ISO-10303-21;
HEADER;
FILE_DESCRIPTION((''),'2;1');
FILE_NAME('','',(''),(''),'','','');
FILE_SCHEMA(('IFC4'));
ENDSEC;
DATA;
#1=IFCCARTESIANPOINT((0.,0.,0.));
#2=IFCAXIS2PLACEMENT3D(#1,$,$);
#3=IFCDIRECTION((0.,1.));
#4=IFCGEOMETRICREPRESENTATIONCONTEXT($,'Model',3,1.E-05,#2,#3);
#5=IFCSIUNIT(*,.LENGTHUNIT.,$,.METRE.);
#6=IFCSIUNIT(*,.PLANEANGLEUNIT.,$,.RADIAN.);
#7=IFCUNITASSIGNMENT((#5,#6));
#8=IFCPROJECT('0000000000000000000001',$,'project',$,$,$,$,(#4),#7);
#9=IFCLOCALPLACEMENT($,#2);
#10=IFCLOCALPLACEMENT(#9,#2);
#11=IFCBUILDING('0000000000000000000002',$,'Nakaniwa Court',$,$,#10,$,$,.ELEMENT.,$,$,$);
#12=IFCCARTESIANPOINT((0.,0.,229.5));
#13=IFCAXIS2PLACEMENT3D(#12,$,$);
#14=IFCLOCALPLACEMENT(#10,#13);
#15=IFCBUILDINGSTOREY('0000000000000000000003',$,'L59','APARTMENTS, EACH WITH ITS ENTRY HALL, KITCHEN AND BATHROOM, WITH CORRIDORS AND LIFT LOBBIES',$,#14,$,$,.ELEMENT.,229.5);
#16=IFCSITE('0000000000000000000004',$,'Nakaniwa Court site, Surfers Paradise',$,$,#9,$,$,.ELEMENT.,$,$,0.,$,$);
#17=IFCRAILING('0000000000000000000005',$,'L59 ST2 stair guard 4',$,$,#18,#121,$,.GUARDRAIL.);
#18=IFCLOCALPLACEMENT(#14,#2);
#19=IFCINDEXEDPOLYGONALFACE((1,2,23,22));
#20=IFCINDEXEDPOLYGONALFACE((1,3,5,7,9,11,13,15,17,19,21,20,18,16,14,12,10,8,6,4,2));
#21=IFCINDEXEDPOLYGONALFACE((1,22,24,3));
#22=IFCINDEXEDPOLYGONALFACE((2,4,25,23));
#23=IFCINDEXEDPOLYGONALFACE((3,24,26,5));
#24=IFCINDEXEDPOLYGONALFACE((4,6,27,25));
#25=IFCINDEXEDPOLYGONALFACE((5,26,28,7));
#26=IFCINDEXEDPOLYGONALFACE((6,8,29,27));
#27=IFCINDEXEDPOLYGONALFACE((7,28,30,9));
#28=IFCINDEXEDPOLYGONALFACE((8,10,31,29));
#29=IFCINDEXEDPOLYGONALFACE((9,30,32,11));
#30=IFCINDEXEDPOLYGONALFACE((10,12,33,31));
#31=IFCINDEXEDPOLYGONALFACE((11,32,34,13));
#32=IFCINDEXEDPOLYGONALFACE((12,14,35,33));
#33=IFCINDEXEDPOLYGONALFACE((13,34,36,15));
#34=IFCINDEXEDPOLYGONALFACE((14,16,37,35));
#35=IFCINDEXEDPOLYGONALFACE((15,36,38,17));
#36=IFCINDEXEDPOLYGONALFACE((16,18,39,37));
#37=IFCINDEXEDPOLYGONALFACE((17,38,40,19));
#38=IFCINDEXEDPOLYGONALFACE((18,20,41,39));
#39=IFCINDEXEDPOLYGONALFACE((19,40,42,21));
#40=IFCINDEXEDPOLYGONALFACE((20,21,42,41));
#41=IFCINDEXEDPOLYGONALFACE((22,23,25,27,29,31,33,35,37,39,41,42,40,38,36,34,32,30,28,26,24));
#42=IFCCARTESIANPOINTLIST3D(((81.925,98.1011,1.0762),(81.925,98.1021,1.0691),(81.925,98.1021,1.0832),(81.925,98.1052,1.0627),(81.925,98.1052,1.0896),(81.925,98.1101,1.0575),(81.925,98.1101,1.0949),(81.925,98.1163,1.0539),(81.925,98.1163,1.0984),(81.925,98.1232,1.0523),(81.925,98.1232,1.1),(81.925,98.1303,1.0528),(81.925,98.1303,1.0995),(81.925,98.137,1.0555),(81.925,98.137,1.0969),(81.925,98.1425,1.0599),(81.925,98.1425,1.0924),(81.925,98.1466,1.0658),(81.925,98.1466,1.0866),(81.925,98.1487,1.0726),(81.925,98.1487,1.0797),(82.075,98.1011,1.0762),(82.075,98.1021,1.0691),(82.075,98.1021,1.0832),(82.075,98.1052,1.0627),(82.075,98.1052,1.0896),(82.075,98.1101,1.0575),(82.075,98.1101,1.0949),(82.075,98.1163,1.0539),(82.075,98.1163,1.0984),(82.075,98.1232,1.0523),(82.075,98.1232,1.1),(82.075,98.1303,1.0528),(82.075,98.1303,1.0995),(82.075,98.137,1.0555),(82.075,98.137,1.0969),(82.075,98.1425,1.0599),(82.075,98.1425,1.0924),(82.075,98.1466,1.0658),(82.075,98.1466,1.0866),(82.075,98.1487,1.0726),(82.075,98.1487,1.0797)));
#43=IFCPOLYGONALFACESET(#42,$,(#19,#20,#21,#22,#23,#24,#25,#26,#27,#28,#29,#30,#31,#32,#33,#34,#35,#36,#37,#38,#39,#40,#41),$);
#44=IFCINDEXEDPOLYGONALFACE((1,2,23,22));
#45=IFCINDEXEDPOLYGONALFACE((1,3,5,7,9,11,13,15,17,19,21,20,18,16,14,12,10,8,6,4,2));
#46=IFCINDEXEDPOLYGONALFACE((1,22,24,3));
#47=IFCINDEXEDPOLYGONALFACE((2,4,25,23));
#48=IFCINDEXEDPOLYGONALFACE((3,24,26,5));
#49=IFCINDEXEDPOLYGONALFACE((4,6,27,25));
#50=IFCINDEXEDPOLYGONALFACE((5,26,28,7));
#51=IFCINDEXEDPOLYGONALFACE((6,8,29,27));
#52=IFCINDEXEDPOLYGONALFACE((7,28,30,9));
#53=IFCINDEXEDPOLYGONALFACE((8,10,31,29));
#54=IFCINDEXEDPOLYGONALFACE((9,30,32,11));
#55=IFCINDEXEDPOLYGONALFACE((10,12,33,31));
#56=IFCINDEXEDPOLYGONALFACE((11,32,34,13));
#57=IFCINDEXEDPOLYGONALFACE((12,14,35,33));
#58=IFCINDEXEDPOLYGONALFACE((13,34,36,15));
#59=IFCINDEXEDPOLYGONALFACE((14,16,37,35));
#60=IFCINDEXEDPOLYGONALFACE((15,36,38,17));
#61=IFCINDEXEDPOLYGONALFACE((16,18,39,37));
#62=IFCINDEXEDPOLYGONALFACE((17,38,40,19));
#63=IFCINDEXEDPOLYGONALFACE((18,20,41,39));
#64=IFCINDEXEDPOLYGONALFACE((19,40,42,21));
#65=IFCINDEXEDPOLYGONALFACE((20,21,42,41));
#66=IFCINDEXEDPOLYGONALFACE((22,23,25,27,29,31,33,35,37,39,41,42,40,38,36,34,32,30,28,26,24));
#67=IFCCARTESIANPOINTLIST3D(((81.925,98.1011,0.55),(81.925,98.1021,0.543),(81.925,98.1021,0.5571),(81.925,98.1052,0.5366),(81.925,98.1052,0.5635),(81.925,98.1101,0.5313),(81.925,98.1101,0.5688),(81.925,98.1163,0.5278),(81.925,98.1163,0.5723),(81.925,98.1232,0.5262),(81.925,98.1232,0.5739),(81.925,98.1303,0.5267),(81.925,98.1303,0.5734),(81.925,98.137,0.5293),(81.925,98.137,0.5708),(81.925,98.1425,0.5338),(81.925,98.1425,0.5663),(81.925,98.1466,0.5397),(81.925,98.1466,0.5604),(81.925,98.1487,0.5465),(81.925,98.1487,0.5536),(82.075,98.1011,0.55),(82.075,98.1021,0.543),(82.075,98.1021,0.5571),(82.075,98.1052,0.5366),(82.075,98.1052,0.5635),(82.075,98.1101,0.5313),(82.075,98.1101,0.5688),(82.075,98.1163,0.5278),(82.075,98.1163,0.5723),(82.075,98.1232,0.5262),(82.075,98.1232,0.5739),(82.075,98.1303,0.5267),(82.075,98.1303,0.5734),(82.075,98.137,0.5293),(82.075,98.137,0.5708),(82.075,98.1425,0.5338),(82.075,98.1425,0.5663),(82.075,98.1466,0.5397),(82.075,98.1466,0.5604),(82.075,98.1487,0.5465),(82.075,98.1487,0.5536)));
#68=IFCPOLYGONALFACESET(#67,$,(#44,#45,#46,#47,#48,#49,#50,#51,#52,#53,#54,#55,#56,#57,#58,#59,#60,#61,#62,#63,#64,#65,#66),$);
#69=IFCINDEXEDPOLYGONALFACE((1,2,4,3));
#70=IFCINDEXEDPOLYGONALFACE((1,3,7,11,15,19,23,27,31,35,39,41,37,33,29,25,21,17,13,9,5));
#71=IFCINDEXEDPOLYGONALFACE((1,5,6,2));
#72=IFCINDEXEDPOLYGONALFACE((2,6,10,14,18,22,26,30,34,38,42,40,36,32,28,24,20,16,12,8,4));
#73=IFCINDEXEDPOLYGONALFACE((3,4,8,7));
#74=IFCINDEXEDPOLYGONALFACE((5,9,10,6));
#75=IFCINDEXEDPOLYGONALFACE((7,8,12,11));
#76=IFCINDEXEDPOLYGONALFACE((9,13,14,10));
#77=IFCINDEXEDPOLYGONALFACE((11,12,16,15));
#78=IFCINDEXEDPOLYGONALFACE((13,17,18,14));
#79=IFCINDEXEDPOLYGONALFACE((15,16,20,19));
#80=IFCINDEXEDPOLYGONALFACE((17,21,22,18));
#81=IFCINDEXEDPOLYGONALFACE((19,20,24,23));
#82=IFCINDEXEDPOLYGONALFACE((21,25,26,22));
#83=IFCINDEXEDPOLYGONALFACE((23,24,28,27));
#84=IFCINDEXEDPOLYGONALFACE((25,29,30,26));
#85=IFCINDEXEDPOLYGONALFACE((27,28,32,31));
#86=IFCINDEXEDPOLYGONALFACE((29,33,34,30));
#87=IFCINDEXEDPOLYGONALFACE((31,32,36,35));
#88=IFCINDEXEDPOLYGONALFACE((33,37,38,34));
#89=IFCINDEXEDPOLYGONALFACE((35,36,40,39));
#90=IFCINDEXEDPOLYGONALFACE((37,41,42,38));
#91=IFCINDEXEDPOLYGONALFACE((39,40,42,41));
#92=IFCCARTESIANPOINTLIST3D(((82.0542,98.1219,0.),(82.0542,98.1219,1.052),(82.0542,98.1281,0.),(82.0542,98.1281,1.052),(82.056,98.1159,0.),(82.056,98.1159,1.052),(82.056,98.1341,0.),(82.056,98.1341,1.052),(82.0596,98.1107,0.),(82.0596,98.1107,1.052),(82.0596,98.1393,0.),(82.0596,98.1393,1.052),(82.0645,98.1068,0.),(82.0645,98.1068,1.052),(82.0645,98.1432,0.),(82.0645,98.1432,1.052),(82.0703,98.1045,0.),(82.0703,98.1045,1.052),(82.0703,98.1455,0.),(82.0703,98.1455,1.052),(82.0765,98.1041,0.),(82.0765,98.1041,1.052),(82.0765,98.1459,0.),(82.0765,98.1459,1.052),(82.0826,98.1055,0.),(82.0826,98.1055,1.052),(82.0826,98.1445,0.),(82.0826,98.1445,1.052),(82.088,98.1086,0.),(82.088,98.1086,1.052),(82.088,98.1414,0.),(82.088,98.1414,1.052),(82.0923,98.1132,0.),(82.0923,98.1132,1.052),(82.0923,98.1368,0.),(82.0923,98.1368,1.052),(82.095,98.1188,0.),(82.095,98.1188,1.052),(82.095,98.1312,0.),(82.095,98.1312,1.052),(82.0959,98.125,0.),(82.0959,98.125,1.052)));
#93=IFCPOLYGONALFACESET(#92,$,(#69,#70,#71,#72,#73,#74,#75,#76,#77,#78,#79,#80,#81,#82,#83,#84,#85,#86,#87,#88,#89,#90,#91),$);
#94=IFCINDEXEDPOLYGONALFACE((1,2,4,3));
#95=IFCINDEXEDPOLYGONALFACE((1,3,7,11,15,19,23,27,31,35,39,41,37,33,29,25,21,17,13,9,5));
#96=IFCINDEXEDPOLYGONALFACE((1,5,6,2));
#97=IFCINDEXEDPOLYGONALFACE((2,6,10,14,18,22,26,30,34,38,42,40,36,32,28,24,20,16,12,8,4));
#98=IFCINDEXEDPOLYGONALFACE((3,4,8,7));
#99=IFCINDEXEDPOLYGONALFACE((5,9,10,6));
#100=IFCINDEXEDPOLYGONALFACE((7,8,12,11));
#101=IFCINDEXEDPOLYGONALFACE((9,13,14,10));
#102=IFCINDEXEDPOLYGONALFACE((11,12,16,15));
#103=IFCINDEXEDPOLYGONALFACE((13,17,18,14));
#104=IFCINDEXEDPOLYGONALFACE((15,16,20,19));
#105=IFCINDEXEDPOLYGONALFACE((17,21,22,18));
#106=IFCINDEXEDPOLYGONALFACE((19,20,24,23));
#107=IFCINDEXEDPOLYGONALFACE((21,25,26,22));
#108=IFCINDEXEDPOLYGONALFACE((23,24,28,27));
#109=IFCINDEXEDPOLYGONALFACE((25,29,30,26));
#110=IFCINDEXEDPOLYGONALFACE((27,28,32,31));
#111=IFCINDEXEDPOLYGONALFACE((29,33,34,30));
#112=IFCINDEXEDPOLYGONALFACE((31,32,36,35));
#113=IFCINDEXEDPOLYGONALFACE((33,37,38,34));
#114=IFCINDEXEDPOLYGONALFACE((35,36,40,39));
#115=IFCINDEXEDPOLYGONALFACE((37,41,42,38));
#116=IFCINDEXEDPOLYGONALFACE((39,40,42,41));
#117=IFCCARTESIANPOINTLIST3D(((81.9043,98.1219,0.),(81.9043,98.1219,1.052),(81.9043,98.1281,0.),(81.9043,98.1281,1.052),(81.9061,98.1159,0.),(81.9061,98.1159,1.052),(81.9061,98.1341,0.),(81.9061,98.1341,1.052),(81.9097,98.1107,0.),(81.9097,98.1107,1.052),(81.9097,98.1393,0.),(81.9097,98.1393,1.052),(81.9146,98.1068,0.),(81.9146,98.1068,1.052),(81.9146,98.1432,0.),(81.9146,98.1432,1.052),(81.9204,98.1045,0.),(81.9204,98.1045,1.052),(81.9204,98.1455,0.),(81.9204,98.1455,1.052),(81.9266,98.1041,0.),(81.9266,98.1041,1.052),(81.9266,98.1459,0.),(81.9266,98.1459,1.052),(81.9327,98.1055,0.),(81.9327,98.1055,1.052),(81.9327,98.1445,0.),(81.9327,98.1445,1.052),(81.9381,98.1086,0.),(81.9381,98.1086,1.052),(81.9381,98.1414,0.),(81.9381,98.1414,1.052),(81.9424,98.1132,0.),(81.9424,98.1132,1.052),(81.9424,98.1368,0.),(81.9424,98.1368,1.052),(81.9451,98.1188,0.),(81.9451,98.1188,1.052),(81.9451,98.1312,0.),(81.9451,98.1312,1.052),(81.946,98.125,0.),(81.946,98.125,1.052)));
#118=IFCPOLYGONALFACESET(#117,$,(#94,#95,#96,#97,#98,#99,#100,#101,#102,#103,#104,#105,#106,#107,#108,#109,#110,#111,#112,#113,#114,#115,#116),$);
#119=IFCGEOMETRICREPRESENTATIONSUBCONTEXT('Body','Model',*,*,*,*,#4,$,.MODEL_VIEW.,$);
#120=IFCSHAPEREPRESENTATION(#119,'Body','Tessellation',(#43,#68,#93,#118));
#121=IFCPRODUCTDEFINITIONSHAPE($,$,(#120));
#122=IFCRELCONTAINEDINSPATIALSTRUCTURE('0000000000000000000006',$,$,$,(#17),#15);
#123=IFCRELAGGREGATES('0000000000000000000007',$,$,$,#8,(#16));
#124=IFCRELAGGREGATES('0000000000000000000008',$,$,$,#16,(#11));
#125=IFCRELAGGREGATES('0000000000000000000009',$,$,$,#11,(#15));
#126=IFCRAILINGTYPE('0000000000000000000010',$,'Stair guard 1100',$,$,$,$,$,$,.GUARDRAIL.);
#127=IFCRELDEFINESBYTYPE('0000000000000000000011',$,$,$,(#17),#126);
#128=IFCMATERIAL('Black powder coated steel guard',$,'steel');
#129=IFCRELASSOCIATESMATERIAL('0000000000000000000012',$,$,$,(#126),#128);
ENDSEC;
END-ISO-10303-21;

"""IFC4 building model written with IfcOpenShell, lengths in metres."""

from ifc_helpers import new_model, si_unit, direction, frame, origin, origin_2d, place, context, subcontext, project, spatial, circle, extrude, material, type_object, element, save


model = new_model("IFC4")

# Units and contexts
model_context = context("Model", 3, precision=1e-05, world=origin(), true_north=direction((0.0, 1.0)))
body_context = subcontext(model_context, "Body", "Model", "MODEL_VIEW")
ifc_project = project(units=[si_unit("LENGTHUNIT", "METRE"), si_unit("PLANEANGLEUNIT", "RADIAN")], contexts=[model_context])

# Site, building, storey
site_placement = place(None, origin())
site = spatial("IfcSite", under=ifc_project, at=site_placement, Name="Nakaniwa Court site, Surfers Paradise", CompositionType="ELEMENT", RefElevation=0.0)
building_placement = place(site_placement, origin())
building = spatial("IfcBuilding", under=site, at=building_placement, Name="Nakaniwa Court", CompositionType="ELEMENT")
storey_placement = place(building_placement, frame((0.0, 0.0, 229.5)))
storey = spatial("IfcBuildingStorey", under=building, at=storey_placement, Name="L59", Description="APARTMENTS, EACH WITH ITS ENTRY HALL, KITCHEN AND BATHROOM, WITH CORRIDORS AND LIFT LOBBIES", CompositionType="ELEMENT", Elevation=229.5)

# Railing
ifc_material_1 = material(Name="Black powder coated steel guard", Category="steel")
railing_type_1 = type_object("IfcRailingType", Name="Stair guard 1100", PredefinedType="GUARDRAIL", material=ifc_material_1)
railing_1_placement = place(storey_placement, frame((82.075, 98.125, 0.0)))
element("IfcRailing", 1, at=railing_1_placement, inside=storey, type_object=railing_type_1, Name="L59 ST2 stair guard 4", PredefinedType="GUARDRAIL", context=body_context, shape_type="SweptSolid", body=[
    extrude(circle(Radius=0.0239, at=origin_2d()), frame((0.0, 0.0, 1.0762), z_axis=(-1.0, 0.0, 0.0), x_axis=(0.0, -1.0, 0.0)), (0.0, 0.0, 1.0), 0.1499),
    extrude(circle(Radius=0.0239, at=origin_2d()), frame((0.0, 0.0, 0.55), z_axis=(-1.0, 0.0, 0.0), x_axis=(0.0, -1.0, 0.0)), (0.0, 0.0, 1.0), 0.1499),
    extrude(circle(Radius=0.021, at=origin_2d()), origin(), (0.0, 0.0, 1.0), 1.052),
    extrude(circle(Radius=0.021, at=origin_2d()), frame((-0.1499, 0.0, 0.0)), (0.0, 0.0, 1.0), 1.052),
])

save(model, "model.ifc")
